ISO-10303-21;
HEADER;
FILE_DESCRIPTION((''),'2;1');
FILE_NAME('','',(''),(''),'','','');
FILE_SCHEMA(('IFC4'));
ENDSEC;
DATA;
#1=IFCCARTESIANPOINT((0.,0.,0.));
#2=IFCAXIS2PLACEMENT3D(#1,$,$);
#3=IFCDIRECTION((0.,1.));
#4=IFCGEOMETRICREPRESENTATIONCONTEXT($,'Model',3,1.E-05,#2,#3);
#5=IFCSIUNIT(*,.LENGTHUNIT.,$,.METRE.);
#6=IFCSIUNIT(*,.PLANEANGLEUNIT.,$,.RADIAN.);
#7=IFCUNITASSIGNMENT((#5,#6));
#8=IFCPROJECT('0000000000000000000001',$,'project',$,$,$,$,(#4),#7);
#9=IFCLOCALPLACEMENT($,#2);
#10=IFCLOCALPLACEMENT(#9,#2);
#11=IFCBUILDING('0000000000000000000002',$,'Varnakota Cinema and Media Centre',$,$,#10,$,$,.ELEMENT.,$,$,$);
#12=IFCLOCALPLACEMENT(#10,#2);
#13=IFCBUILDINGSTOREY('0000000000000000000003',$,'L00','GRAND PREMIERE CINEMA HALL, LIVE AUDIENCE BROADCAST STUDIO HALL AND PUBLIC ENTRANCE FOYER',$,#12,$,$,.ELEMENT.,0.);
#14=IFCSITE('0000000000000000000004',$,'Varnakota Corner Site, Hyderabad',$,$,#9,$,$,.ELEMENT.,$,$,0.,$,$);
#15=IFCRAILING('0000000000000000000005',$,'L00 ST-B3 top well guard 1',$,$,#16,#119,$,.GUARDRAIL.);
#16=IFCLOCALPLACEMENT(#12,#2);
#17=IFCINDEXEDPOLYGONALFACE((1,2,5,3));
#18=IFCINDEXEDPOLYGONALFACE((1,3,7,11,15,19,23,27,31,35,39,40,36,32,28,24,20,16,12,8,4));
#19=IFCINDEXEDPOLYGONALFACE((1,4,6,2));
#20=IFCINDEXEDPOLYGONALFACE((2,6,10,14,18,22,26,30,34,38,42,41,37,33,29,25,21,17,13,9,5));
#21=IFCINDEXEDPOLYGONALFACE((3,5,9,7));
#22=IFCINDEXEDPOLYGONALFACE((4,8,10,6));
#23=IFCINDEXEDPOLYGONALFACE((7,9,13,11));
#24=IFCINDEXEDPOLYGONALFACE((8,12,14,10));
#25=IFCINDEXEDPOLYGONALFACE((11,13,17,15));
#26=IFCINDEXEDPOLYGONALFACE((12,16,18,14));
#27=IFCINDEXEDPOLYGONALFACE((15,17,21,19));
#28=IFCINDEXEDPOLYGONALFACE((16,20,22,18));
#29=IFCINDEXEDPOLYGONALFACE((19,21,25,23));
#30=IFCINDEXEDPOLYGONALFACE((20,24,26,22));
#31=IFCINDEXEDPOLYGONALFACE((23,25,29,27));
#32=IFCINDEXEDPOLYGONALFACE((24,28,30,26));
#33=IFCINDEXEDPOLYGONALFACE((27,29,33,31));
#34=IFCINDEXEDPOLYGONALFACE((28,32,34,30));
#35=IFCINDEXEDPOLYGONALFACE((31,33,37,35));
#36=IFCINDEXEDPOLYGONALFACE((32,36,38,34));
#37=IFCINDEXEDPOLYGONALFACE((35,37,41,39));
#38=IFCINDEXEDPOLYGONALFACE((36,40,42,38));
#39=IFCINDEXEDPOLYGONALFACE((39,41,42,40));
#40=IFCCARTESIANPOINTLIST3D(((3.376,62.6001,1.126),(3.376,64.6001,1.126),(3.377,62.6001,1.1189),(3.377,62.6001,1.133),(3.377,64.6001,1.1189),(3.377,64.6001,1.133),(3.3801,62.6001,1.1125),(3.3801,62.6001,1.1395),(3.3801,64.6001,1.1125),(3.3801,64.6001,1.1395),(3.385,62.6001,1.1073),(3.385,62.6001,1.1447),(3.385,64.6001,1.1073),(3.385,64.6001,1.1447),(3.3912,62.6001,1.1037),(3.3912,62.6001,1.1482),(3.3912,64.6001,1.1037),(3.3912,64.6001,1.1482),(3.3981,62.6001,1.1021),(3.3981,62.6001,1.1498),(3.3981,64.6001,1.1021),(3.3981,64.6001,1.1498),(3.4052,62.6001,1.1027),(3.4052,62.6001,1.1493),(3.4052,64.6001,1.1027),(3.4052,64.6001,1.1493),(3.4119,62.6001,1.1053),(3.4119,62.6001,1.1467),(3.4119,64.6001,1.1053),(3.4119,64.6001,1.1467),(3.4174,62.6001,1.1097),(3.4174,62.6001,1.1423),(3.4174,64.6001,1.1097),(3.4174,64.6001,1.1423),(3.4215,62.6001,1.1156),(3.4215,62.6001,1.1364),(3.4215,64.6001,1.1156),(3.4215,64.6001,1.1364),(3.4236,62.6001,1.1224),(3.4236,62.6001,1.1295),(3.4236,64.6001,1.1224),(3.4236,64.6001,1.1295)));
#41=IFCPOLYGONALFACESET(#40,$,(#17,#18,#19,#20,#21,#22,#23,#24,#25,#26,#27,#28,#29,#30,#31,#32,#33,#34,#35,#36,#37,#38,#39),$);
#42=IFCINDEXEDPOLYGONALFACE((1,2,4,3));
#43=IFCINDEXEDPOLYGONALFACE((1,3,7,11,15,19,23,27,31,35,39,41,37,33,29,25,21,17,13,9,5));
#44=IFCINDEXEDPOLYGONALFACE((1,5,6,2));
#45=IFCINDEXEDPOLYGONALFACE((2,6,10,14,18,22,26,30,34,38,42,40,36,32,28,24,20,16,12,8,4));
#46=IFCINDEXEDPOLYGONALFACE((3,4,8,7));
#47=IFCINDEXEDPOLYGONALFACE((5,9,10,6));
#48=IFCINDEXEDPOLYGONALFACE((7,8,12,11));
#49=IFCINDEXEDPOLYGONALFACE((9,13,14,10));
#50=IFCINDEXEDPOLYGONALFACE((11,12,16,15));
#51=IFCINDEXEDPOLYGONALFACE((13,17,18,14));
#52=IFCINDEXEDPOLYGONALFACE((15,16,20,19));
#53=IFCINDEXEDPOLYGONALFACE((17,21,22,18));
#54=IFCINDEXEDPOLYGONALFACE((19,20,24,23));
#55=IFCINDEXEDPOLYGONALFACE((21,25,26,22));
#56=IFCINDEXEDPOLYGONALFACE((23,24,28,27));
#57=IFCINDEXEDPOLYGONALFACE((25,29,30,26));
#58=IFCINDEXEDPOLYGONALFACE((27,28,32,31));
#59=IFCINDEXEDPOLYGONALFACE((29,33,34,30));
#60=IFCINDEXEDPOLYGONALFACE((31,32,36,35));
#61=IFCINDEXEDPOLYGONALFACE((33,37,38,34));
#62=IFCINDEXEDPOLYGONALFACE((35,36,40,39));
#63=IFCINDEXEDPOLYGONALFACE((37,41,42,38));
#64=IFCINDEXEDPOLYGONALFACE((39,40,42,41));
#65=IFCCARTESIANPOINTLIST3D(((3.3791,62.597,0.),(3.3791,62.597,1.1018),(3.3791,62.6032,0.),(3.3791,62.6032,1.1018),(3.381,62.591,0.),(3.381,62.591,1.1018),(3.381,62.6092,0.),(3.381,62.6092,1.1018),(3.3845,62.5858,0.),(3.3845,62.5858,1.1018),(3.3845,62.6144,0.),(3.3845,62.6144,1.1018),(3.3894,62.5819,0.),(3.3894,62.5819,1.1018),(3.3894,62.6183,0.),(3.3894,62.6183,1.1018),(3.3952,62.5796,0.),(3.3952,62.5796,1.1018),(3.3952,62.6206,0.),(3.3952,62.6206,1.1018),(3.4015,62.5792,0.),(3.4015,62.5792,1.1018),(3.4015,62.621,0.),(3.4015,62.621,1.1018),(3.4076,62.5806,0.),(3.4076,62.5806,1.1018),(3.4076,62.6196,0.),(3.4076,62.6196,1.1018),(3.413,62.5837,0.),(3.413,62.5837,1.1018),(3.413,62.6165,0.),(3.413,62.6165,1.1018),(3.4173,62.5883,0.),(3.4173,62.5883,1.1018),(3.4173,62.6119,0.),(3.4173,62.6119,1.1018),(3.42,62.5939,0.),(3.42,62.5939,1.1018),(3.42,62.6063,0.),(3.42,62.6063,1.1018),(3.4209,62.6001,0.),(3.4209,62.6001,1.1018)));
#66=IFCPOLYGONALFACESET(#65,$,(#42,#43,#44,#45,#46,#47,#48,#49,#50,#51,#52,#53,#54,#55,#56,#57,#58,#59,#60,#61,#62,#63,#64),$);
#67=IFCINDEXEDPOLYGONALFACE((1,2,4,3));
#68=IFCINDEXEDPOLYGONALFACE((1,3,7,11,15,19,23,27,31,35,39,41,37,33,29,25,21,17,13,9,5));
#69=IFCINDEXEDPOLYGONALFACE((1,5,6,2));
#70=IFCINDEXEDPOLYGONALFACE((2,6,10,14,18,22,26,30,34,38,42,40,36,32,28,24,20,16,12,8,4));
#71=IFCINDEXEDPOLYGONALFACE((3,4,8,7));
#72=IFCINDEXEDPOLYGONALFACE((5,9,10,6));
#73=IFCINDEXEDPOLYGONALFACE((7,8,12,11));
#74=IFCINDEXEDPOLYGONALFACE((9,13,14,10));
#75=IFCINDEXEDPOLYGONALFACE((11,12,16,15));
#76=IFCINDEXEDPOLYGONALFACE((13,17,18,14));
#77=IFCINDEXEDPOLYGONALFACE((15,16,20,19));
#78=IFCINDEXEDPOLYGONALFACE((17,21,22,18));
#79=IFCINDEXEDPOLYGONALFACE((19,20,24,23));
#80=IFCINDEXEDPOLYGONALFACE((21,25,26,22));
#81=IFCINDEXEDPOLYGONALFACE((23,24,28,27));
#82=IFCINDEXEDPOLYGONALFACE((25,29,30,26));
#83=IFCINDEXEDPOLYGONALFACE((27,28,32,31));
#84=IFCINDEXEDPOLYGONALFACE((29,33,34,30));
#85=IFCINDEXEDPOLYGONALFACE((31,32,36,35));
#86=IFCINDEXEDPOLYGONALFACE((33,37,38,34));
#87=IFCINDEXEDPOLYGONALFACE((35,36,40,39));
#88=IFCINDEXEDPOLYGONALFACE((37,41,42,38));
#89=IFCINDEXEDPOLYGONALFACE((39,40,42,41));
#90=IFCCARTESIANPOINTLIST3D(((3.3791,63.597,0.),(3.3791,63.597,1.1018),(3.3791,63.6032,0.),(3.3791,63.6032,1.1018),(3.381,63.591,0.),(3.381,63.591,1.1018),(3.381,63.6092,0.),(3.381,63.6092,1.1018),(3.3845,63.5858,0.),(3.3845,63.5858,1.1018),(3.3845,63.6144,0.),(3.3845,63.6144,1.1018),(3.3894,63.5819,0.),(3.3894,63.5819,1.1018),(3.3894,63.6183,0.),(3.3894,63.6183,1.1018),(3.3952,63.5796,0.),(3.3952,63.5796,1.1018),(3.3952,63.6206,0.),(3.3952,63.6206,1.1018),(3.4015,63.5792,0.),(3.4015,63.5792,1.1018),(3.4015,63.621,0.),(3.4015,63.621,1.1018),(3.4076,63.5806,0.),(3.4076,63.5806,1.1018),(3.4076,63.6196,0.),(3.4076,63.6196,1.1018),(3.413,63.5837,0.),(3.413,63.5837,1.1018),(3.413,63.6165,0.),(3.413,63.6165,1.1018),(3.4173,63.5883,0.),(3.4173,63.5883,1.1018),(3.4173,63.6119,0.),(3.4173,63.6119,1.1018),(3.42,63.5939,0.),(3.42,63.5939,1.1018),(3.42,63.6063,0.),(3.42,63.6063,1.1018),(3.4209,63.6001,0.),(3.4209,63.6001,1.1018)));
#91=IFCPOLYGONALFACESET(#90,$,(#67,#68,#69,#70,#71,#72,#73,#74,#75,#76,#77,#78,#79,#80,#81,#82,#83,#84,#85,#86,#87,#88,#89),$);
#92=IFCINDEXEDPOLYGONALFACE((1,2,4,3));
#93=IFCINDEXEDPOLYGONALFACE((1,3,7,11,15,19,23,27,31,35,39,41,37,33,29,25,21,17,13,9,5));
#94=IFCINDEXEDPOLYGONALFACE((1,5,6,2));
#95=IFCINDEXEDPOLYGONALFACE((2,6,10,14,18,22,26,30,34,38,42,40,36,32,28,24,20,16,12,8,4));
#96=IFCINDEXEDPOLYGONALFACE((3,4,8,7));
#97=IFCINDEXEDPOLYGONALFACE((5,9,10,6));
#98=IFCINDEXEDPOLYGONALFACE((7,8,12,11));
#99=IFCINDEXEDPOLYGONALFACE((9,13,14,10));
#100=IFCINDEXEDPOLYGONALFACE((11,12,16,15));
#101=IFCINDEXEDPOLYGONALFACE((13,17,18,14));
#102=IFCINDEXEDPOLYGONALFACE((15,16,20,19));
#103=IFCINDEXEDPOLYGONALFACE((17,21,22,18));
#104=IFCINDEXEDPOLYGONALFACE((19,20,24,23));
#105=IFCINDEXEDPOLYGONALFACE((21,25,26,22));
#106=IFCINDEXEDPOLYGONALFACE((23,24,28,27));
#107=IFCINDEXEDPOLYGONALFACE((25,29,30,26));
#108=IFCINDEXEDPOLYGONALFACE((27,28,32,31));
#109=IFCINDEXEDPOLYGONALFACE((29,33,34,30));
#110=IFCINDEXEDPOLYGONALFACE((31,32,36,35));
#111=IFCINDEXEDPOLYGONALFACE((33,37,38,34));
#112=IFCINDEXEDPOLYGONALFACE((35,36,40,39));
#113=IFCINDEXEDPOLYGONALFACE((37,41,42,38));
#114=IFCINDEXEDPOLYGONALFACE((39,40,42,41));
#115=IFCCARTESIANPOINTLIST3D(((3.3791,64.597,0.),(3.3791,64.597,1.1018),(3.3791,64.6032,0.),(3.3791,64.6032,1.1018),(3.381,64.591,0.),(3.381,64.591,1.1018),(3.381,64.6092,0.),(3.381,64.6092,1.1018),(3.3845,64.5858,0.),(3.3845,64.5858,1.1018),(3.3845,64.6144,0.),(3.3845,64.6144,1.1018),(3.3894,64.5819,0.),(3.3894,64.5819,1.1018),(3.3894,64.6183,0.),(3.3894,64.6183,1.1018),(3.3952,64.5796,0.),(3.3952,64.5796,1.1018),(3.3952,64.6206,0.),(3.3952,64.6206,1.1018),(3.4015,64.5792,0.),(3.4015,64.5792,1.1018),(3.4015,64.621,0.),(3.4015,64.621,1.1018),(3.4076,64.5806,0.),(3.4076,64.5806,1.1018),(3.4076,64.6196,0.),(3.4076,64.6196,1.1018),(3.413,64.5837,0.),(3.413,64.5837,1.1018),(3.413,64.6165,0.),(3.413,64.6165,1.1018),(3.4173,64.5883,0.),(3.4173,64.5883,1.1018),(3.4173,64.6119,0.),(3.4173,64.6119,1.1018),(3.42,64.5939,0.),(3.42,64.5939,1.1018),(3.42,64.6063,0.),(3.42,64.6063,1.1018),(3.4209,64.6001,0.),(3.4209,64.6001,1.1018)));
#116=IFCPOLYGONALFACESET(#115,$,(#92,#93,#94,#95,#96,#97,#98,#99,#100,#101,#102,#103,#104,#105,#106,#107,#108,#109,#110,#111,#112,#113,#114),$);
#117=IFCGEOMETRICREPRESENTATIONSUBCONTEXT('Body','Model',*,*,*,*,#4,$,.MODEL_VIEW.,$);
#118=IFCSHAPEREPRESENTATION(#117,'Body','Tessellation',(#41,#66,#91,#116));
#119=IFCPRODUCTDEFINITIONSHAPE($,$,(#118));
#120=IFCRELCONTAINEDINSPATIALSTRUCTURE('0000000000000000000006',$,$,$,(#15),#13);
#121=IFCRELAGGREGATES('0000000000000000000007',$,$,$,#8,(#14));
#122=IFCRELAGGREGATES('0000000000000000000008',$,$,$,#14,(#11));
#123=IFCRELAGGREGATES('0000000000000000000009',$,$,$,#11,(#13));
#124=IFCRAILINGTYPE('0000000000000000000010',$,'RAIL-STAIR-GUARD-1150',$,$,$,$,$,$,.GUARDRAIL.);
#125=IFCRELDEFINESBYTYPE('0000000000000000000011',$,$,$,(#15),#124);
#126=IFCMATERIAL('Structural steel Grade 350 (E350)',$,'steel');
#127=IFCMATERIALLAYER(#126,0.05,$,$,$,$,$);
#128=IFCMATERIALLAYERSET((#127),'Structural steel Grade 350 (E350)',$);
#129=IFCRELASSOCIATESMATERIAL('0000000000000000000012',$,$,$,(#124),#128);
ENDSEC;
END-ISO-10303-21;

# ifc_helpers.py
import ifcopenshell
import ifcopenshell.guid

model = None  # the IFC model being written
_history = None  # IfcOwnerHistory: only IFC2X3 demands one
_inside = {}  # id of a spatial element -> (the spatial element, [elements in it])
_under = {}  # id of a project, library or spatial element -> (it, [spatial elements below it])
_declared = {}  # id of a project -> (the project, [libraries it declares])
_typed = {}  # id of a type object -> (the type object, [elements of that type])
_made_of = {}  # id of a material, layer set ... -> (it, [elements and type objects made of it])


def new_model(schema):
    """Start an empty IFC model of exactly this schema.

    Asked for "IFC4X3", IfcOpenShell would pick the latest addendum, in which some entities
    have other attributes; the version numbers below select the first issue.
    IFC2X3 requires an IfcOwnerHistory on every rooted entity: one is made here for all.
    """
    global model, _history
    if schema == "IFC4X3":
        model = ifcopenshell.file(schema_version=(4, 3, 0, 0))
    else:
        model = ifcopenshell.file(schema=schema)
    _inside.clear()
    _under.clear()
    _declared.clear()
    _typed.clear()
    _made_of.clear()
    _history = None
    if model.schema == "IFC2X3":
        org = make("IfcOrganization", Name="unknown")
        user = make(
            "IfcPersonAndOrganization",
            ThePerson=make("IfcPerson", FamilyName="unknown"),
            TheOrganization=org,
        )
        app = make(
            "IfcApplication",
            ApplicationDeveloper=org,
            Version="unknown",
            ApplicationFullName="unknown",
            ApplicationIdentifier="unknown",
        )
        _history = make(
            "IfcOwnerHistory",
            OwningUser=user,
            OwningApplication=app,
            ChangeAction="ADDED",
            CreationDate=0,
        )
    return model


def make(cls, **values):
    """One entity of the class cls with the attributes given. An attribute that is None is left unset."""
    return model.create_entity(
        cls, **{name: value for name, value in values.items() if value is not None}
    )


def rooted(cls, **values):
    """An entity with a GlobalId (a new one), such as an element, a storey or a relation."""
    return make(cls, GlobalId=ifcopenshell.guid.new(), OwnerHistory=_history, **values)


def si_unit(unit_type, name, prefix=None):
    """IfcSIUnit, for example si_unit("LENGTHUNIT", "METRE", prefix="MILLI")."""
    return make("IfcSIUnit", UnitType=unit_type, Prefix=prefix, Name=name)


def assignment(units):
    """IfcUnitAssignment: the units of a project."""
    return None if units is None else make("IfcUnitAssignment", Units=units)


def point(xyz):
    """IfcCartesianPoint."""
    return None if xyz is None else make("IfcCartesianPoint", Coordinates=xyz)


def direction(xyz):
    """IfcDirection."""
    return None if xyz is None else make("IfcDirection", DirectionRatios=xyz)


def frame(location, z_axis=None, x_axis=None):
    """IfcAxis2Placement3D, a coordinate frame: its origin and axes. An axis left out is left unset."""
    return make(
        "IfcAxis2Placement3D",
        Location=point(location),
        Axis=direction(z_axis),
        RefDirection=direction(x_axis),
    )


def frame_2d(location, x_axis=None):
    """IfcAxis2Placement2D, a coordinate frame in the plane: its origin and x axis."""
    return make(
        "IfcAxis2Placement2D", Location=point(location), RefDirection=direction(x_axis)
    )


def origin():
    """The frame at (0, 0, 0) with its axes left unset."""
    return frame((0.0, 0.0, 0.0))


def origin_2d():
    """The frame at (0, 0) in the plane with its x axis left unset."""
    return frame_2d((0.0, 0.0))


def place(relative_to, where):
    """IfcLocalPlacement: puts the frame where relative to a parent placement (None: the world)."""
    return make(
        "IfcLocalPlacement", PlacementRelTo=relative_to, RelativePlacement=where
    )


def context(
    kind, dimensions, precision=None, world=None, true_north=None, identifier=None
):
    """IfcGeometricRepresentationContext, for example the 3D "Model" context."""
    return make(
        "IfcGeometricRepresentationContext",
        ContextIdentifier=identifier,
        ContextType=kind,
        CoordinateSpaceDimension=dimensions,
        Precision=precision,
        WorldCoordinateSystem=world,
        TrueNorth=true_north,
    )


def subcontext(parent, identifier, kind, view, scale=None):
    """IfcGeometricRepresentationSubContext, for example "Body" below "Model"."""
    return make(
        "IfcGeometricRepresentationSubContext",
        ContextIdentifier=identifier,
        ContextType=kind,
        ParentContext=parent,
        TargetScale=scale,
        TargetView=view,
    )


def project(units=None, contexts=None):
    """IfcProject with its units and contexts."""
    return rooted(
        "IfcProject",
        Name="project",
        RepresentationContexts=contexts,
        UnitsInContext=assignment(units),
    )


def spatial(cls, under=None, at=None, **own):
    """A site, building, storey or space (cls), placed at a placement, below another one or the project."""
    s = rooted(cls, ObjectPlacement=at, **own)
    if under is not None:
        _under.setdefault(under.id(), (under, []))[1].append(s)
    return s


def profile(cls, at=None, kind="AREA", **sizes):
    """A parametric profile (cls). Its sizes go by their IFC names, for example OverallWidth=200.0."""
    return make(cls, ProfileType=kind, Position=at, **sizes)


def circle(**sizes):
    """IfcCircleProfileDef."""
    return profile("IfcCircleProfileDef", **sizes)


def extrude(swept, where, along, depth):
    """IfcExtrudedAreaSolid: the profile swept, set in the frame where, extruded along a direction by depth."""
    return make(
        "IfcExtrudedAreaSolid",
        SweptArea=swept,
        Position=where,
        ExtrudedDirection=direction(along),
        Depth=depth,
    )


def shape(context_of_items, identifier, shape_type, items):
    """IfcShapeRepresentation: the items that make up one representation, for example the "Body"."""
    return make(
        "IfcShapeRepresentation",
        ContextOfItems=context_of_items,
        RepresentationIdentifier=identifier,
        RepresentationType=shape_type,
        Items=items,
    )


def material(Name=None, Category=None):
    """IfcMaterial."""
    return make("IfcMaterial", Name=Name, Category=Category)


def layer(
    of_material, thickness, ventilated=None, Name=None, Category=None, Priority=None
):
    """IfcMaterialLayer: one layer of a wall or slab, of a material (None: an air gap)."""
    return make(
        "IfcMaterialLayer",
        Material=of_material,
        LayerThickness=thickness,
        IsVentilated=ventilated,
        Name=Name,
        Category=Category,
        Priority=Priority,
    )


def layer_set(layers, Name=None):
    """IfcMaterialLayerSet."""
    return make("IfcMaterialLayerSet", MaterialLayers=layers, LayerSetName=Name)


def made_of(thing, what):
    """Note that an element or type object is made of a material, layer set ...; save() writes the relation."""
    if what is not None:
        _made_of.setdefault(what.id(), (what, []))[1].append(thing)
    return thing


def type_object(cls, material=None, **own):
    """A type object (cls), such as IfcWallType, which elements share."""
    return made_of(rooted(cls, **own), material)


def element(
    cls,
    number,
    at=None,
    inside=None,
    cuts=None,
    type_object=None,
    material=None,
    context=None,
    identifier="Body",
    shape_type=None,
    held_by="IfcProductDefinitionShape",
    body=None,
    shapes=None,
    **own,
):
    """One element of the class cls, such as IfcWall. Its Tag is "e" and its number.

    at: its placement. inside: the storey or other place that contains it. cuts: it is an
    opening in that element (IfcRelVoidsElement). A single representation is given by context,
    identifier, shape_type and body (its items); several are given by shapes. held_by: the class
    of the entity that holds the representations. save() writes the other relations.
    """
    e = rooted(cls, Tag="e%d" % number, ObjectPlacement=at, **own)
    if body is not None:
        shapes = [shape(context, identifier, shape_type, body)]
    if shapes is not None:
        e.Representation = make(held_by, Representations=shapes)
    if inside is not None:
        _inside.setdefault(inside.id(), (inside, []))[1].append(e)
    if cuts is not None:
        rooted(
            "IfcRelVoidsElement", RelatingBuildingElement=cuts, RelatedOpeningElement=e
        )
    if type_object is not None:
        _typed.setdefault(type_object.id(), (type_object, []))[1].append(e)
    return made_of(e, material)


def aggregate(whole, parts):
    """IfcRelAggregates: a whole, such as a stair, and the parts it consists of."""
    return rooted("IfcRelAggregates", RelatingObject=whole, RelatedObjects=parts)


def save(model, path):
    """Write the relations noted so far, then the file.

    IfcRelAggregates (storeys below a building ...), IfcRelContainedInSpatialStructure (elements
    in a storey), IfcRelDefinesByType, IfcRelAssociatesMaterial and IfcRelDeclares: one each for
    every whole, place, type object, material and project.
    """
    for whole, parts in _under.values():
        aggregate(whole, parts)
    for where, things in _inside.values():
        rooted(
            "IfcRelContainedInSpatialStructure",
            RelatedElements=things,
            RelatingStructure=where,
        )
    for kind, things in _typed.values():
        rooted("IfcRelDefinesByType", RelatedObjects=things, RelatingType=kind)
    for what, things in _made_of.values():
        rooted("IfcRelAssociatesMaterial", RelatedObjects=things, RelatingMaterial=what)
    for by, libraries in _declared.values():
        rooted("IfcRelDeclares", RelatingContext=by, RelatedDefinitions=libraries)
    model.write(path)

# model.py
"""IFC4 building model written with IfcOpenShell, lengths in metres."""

from ifc_helpers import new_model, si_unit, direction, frame, origin, origin_2d, place, context, subcontext, project, spatial, circle, extrude, material, layer, layer_set, type_object, element, save


model = new_model("IFC4")

# Units and contexts
model_context = context("Model", 3, precision=1e-05, world=origin(), true_north=direction((0.0, 1.0)))
body_context = subcontext(model_context, "Body", "Model", "MODEL_VIEW")
ifc_project = project(units=[si_unit("LENGTHUNIT", "METRE"), si_unit("PLANEANGLEUNIT", "RADIAN")], contexts=[model_context])

# Site, building, storey
site_placement = place(None, origin())
site = spatial("IfcSite", under=ifc_project, at=site_placement, Name="Varnakota Corner Site, Hyderabad", CompositionType="ELEMENT", RefElevation=0.0)
building_placement = place(site_placement, origin())
building = spatial("IfcBuilding", under=site, at=building_placement, Name="Varnakota Cinema and Media Centre", CompositionType="ELEMENT")
storey_placement = place(building_placement, origin())
storey = spatial("IfcBuildingStorey", under=building, at=storey_placement, Name="L00", Description="GRAND PREMIERE CINEMA HALL, LIVE AUDIENCE BROADCAST STUDIO HALL AND PUBLIC ENTRANCE FOYER", CompositionType="ELEMENT", Elevation=0.0)

# Railing
ifc_material_1 = material(Name="Structural steel Grade 350 (E350)", Category="steel")
ifc_layer_1 = layer(ifc_material_1, 0.05)
ifc_layer_set_1 = layer_set([ifc_layer_1], Name="Structural steel Grade 350 (E350)")
railing_type = type_object("IfcRailingType", Name="RAIL-STAIR-GUARD-1150", PredefinedType="GUARDRAIL", material=ifc_layer_set_1)
railing_placement = place(storey_placement, frame((3.3999, 62.6001, 0.0)))
element("IfcRailing", 1, at=railing_placement, inside=storey, type_object=railing_type, Name="L00 ST-B3 top well guard 1", PredefinedType="GUARDRAIL", context=body_context, shape_type="SweptSolid", body=[
    extrude(circle(Radius=0.0239, at=origin_2d()), frame((0.0, 0.0, 1.126), z_axis=(0.0, 1.0, 0.0), x_axis=(-1.0, 0.0, 0.0)), (0.0, 0.0, 1.0), 2.0),
    extrude(circle(Radius=0.021, at=origin_2d()), origin(), (0.0, 0.0, 1.0), 1.1018),
    extrude(circle(Radius=0.021, at=origin_2d()), frame((0.0, 1.0, 0.0)), (0.0, 0.0, 1.0), 1.1018),
    extrude(circle(Radius=0.021, at=origin_2d()), frame((0.0, 2.0, 0.0)), (0.0, 0.0, 1.0), 1.1018),
])

save(model, "model.ifc")
